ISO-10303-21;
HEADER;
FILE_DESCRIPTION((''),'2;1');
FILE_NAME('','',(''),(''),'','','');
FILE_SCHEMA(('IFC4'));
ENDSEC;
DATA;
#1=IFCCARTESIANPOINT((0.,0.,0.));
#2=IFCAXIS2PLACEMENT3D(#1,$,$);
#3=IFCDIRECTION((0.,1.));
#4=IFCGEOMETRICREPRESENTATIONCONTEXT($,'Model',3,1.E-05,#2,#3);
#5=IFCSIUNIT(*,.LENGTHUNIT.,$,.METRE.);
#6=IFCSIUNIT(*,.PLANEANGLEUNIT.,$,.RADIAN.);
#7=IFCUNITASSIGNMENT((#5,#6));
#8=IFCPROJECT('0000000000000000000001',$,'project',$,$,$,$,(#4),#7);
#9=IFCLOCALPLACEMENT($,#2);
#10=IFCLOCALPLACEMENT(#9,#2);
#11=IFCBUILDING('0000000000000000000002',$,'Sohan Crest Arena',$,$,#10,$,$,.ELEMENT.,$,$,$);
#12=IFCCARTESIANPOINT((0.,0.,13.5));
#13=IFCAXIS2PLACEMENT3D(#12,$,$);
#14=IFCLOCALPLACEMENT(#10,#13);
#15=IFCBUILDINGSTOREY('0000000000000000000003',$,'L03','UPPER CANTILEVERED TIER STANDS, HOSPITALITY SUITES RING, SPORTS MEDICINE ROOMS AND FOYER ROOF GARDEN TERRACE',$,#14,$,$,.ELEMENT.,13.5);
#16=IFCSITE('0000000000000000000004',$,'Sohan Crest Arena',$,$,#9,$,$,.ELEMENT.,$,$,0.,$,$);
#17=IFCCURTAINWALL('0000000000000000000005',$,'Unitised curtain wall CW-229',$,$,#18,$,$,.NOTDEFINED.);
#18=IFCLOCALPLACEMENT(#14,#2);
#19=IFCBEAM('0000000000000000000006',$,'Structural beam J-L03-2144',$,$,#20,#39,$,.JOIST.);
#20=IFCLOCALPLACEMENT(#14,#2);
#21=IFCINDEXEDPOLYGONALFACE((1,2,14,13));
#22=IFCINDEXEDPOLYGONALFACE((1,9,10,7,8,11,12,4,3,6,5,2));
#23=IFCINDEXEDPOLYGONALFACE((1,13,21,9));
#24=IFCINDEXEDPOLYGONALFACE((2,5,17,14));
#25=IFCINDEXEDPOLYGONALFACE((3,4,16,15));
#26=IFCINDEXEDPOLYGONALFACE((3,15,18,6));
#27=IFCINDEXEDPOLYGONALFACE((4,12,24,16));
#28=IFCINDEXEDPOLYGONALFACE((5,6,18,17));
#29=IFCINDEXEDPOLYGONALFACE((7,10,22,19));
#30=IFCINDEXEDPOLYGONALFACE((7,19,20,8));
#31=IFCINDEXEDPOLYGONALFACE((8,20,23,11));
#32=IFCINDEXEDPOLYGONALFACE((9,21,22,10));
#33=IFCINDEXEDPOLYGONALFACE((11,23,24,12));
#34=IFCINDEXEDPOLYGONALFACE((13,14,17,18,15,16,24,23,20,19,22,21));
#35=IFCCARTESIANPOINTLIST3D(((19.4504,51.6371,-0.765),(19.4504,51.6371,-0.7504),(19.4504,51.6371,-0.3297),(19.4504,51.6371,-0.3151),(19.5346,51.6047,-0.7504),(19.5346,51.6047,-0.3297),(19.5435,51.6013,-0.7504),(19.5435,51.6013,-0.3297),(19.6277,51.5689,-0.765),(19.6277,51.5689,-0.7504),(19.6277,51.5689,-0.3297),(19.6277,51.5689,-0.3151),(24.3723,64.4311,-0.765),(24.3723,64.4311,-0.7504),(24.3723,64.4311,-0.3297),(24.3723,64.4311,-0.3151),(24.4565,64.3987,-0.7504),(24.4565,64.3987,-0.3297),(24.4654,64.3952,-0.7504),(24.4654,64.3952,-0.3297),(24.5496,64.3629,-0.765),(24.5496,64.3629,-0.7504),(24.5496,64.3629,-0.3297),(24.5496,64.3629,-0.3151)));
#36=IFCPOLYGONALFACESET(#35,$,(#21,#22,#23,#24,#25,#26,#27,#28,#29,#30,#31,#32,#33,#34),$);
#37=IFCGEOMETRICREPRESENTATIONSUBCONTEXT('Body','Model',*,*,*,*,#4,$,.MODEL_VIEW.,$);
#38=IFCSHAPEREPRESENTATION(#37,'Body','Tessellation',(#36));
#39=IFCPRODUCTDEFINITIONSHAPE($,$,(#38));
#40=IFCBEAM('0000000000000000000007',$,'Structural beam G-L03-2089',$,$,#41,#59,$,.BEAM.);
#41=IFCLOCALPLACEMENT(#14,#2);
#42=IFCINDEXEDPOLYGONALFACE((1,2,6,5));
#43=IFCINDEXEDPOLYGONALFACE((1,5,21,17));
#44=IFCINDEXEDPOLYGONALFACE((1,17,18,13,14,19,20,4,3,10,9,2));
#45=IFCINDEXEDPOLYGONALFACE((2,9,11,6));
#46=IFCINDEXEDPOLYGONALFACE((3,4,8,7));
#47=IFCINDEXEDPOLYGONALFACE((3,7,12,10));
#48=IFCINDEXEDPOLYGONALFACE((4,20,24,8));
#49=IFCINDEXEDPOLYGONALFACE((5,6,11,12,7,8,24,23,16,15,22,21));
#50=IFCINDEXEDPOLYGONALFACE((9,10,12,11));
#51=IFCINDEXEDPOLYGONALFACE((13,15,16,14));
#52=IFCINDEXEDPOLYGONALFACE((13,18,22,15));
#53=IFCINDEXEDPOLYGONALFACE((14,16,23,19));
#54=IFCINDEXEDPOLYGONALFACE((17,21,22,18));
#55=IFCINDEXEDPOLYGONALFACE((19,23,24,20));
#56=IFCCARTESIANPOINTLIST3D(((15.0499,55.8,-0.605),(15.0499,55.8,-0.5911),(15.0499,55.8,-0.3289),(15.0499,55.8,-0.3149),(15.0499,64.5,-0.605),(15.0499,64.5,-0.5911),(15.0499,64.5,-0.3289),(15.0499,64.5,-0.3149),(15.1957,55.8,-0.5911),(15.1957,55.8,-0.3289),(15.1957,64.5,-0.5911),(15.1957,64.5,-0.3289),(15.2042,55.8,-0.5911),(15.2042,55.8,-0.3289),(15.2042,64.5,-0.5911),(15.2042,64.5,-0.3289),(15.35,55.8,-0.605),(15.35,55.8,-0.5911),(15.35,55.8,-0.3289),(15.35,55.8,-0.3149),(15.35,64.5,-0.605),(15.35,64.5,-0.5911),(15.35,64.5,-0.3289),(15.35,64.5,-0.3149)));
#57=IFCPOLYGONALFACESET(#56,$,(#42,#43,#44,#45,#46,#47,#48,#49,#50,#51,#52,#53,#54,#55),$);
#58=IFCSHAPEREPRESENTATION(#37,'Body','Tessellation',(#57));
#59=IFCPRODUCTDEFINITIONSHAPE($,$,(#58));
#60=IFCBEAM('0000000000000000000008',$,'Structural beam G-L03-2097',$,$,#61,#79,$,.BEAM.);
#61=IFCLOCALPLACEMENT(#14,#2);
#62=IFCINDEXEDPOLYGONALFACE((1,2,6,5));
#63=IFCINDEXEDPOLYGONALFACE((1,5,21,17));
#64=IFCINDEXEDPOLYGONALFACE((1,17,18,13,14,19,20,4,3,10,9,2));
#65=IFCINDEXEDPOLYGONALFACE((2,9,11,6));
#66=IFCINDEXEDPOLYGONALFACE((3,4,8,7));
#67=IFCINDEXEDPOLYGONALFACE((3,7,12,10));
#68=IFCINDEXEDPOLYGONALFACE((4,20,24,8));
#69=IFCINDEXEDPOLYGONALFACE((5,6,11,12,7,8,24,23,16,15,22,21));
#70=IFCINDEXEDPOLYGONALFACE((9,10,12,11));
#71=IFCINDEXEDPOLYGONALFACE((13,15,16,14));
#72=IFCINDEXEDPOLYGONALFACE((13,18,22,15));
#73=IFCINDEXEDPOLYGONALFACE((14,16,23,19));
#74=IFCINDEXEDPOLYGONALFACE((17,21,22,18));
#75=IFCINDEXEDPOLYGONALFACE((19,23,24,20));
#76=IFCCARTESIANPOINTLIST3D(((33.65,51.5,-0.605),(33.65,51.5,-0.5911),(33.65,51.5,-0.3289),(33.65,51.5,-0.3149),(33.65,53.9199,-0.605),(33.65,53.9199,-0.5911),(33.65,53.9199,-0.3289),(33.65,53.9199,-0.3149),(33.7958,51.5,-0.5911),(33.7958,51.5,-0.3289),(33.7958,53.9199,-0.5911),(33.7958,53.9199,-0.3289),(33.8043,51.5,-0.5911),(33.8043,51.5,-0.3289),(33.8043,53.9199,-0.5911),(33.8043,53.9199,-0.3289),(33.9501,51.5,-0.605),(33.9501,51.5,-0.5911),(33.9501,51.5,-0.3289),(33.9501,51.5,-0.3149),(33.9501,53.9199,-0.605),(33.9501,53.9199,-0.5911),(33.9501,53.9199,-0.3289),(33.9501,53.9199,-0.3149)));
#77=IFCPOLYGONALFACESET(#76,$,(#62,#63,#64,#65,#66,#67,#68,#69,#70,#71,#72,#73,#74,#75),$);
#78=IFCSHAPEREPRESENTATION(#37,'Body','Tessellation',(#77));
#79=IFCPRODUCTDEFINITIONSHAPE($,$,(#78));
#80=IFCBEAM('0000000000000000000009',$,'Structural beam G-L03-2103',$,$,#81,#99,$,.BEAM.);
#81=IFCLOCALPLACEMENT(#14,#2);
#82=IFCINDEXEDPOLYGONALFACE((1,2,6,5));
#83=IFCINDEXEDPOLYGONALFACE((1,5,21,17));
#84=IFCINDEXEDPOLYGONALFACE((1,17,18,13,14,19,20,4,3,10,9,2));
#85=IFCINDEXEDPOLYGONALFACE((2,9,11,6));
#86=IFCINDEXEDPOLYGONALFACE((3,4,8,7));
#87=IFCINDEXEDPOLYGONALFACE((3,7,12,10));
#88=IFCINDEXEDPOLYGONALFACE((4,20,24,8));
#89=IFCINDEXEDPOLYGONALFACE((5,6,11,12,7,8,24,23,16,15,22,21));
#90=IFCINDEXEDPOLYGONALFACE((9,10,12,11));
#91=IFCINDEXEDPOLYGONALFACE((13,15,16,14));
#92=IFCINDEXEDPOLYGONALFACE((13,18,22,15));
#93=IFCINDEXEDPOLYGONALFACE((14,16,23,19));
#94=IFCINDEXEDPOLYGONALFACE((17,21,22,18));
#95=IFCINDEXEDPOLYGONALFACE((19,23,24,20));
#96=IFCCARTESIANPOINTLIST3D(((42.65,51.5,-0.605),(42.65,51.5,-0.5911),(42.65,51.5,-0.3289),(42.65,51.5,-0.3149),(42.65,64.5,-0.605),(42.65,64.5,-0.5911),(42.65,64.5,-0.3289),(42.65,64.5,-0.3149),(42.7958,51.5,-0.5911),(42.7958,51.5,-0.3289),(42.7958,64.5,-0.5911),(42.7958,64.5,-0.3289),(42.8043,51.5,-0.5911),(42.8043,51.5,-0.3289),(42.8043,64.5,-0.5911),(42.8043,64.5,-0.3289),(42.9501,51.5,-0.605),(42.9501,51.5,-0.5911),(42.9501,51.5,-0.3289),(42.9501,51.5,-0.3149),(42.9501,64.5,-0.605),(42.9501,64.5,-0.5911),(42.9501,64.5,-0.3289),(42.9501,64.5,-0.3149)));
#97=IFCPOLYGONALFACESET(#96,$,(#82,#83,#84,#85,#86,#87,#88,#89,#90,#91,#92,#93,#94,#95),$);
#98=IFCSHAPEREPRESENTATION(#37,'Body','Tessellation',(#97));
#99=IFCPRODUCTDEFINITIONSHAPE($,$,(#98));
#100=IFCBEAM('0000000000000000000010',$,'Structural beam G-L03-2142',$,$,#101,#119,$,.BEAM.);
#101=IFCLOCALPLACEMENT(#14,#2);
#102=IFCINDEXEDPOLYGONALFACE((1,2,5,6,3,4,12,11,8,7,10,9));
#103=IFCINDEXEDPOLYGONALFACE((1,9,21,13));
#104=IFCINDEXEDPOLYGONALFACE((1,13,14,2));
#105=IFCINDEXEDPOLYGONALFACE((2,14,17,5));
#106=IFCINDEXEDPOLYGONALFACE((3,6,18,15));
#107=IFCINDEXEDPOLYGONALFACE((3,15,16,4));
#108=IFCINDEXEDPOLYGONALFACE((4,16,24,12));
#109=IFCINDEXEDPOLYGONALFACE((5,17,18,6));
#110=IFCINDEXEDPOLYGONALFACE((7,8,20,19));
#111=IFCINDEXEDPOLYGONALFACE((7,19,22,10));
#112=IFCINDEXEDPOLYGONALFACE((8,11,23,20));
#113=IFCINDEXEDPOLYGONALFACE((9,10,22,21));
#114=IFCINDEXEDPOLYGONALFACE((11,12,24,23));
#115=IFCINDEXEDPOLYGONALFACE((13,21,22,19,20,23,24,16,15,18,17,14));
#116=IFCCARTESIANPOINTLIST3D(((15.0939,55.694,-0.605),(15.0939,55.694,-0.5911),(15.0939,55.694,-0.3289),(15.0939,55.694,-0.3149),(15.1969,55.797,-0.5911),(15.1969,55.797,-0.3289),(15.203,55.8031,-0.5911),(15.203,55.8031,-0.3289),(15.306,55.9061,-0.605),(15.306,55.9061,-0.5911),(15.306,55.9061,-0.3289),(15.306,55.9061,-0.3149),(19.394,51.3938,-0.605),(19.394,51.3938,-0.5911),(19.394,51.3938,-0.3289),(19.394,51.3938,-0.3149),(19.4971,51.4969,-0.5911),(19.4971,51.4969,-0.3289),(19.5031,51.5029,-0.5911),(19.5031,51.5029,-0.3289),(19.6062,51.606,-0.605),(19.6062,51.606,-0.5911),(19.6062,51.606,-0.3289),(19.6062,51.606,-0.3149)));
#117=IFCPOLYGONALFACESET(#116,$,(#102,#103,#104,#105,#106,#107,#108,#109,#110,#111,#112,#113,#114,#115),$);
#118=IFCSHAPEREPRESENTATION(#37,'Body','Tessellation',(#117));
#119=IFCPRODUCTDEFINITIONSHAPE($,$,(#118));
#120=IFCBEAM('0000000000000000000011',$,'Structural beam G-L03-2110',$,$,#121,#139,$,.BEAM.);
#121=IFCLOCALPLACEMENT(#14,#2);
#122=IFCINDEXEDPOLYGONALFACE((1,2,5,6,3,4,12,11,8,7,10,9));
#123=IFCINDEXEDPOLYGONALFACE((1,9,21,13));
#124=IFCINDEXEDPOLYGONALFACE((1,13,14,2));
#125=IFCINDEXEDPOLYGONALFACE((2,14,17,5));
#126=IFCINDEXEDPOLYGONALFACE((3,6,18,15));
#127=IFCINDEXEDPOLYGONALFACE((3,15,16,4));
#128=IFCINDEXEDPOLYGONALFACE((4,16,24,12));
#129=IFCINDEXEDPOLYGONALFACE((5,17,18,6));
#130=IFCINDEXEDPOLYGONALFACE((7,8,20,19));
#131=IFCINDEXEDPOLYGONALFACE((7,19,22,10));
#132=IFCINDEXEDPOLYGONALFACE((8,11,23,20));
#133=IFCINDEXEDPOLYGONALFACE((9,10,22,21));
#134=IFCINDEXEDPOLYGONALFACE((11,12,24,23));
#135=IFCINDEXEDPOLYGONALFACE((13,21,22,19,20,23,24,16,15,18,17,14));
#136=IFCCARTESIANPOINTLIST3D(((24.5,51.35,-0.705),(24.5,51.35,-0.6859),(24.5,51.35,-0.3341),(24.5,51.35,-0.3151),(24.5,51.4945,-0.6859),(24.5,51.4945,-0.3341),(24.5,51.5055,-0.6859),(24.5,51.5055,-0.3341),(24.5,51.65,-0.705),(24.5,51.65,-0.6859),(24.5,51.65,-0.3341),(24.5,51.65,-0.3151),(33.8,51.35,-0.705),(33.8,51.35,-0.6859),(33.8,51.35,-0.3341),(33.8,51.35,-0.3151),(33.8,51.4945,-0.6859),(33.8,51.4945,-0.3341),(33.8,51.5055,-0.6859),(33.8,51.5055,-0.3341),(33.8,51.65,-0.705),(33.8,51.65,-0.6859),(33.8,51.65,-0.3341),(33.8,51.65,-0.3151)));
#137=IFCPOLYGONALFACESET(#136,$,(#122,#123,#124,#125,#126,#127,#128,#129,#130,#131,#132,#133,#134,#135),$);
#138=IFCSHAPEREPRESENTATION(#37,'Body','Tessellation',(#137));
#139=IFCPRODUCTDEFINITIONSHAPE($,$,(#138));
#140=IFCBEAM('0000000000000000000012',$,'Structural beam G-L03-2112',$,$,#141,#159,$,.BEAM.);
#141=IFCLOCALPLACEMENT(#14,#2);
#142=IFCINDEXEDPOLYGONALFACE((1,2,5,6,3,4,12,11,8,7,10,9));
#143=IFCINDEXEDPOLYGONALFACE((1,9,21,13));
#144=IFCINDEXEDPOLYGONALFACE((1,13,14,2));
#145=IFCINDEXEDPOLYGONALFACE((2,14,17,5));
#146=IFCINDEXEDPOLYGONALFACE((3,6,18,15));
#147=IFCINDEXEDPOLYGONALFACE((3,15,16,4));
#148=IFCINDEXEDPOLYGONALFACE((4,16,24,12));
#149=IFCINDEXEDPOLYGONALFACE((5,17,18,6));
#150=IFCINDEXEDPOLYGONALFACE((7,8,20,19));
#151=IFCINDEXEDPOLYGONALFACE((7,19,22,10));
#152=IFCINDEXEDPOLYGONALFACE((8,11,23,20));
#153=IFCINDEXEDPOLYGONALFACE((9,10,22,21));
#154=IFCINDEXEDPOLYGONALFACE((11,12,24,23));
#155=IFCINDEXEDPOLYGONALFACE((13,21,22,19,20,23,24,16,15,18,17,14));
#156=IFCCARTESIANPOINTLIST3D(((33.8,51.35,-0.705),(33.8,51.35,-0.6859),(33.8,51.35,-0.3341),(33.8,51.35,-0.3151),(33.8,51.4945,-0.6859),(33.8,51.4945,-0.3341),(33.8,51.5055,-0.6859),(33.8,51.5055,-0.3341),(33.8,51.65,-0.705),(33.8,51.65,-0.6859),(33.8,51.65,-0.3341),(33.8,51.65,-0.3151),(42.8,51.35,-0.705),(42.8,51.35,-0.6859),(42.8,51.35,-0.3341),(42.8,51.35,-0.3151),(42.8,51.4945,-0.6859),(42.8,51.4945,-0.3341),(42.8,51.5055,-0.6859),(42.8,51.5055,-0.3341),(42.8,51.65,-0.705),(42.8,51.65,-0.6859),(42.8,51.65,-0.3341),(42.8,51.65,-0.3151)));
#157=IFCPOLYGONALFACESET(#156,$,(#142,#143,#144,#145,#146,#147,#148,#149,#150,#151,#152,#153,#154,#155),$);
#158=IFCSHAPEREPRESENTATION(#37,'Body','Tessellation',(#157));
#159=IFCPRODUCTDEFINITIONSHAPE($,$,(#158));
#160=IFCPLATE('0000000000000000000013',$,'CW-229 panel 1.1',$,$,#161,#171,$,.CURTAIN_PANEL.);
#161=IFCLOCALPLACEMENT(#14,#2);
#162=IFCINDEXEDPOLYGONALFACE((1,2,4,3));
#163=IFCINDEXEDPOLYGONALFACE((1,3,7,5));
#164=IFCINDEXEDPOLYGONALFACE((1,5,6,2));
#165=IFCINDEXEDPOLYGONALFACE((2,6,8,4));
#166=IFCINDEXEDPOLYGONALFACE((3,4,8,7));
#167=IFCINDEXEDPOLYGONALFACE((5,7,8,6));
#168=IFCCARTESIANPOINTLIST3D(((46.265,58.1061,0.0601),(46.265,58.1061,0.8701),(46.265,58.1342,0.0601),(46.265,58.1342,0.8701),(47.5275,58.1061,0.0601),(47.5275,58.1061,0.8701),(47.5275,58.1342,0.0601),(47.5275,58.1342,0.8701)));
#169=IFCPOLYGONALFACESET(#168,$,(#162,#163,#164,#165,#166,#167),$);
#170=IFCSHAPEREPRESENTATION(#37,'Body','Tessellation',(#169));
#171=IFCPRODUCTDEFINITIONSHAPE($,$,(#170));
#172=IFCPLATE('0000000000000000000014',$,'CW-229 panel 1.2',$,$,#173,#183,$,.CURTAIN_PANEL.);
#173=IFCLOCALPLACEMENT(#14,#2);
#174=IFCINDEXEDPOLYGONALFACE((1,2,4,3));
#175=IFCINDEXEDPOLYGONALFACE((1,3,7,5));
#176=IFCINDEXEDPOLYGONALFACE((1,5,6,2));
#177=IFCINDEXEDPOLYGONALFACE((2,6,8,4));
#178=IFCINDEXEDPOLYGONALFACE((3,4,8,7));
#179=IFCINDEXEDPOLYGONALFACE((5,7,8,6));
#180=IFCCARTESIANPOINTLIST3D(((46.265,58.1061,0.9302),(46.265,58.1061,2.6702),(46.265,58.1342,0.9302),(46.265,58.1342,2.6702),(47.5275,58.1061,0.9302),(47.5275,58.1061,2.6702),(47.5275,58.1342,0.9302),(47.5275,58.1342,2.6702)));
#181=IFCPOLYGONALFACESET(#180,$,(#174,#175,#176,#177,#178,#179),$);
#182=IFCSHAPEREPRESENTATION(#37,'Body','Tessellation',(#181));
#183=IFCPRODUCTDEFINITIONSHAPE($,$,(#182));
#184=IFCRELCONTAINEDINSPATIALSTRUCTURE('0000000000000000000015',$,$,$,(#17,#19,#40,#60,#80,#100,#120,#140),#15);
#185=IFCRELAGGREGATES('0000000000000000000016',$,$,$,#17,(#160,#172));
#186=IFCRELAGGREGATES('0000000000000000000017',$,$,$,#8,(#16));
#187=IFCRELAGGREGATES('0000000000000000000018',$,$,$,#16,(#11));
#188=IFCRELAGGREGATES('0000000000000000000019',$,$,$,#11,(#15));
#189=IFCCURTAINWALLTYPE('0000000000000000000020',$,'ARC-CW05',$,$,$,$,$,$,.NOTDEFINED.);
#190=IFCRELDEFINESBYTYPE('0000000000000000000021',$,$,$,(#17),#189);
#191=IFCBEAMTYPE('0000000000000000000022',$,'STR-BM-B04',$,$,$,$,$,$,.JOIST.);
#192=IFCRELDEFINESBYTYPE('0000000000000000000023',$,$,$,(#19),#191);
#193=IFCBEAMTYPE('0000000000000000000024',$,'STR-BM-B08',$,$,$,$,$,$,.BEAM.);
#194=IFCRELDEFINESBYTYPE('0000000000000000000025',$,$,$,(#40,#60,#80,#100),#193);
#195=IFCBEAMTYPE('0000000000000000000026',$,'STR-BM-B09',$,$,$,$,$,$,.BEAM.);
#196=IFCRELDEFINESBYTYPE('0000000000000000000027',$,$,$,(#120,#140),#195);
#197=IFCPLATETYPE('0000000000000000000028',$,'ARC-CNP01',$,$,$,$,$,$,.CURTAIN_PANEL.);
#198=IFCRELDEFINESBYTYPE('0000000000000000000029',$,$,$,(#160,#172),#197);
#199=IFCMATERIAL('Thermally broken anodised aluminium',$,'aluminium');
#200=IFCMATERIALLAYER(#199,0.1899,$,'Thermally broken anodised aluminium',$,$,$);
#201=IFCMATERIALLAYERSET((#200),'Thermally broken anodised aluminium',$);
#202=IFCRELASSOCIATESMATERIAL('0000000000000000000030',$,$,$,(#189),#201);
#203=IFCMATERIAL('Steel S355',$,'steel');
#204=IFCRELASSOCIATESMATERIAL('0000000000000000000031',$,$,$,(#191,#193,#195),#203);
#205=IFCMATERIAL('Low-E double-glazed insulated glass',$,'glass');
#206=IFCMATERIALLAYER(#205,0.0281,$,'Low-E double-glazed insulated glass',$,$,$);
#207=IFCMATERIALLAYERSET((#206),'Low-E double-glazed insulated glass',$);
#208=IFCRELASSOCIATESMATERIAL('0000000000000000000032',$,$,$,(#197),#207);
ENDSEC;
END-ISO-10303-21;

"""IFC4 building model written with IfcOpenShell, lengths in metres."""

from ifc_helpers import new_model, si_unit, direction, frame, origin, origin_2d, place, context, subcontext, project, spatial, rectangle, i_section, extrude, material, layer, layer_set, material_profile, profile_set, type_object, element, aggregate, save


model = new_model("IFC4")

# Units and contexts
model_context = context("Model", 3, precision=1e-05, world=origin(), true_north=direction((0.0, 1.0)))
body_context = subcontext(model_context, "Body", "Model", "MODEL_VIEW")
ifc_project = project(units=[si_unit("LENGTHUNIT", "METRE"), si_unit("PLANEANGLEUNIT", "RADIAN")], contexts=[model_context])

# Site, building, storey
site_placement = place(None, origin())
site = spatial("IfcSite", under=ifc_project, at=site_placement, Name="Sohan Crest Arena", CompositionType="ELEMENT", RefElevation=0.0)
building_placement = place(site_placement, origin())
building = spatial("IfcBuilding", under=site, at=building_placement, Name="Sohan Crest Arena", CompositionType="ELEMENT")
storey_placement = place(building_placement, frame((0.0, 0.0, 13.5)))
storey = spatial("IfcBuildingStorey", under=building, at=storey_placement, Name="L03", Description="UPPER CANTILEVERED TIER STANDS, HOSPITALITY SUITES RING, SPORTS MEDICINE ROOMS AND FOYER ROOF GARDEN TERRACE", CompositionType="ELEMENT", Elevation=13.5)

# Curtain wall
ifc_material_1 = material(Name="Thermally broken anodised aluminium", Category="aluminium")
ifc_layer_1 = layer(ifc_material_1, 0.1899, Name="Thermally broken anodised aluminium")
ifc_layer_set_1 = layer_set([ifc_layer_1], Name="Thermally broken anodised aluminium")
curtain_wall_type = type_object("IfcCurtainWallType", Name="ARC-CW05", PredefinedType="NOTDEFINED", material=ifc_layer_set_1)
curtain_wall_placement = place(storey_placement, origin())
curtain_wall = element("IfcCurtainWall", 1, at=curtain_wall_placement, inside=storey, type_object=curtain_wall_type, Name="Unitised curtain wall CW-229", PredefinedType="NOTDEFINED")

# Beams
ifc_material_2 = material(Name="Steel S355", Category="steel")
ifc_material_profile_1 = material_profile(ifc_material_2, i_section(OverallWidth=0.1899, OverallDepth=0.45, WebThickness=0.0095, FlangeThickness=0.0146, at=origin_2d()), Name="IPE 450")
ifc_profile_set_1 = profile_set([ifc_material_profile_1], Name="Steel S355")
beam_type_1 = type_object("IfcBeamType", Name="STR-BM-B04", PredefinedType="JOIST", material=ifc_profile_set_1)
beam_1_placement = place(storey_placement, frame((19.5391, 51.603, -0.54), z_axis=(0.359051, 0.933318, 0.0), x_axis=(-0.933318, 0.359051, 0.0)))
element("IfcBeam", 2, at=beam_1_placement, inside=storey, type_object=beam_type_1, Name="Structural beam J-L03-2144", PredefinedType="JOIST", context=body_context, shape_type="SweptSolid", body=[
    extrude(i_section(OverallWidth=0.1899, OverallDepth=0.45, WebThickness=0.0095, FlangeThickness=0.0146, at=origin_2d()), origin(), (0.0, 0.0, 1.0), 13.708),
])
ifc_material_profile_2 = material_profile(ifc_material_2, i_section(OverallWidth=0.3, OverallDepth=0.29, WebThickness=0.0085, FlangeThickness=0.0139, at=origin_2d()), Name="HEA 300")
ifc_profile_set_2 = profile_set([ifc_material_profile_2], Name="Steel S355")
beam_type_2 = type_object("IfcBeamType", Name="STR-BM-B08", PredefinedType="BEAM", material=ifc_profile_set_2)
beam_2_placement = place(storey_placement, frame((15.2, 55.8, -0.46), z_axis=(0.0, 1.0, 0.0), x_axis=(-1.0, 0.0, 0.0)))
element("IfcBeam", 3, at=beam_2_placement, inside=storey, type_object=beam_type_2, Name="Structural beam G-L03-2089", PredefinedType="BEAM", context=body_context, shape_type="SweptSolid", body=[
    extrude(i_section(OverallWidth=0.3, OverallDepth=0.29, WebThickness=0.0085, FlangeThickness=0.0139, at=origin_2d()), origin(), (0.0, 0.0, 1.0), 8.7),
])
beam_3_placement = place(storey_placement, frame((33.8, 51.5, -0.46), z_axis=(0.0, 1.0, 0.0), x_axis=(-1.0, 0.0, 0.0)))
element("IfcBeam", 4, at=beam_3_placement, inside=storey, type_object=beam_type_2, Name="Structural beam G-L03-2097", PredefinedType="BEAM", context=body_context, shape_type="SweptSolid", body=[
    extrude(i_section(OverallWidth=0.3, OverallDepth=0.29, WebThickness=0.0085, FlangeThickness=0.0139, at=origin_2d()), origin(), (0.0, 0.0, 1.0), 2.4199),
])
beam_4_placement = place(storey_placement, frame((42.8, 51.5, -0.46), z_axis=(0.0, 1.0, 0.0), x_axis=(-1.0, 0.0, 0.0)))
element("IfcBeam", 5, at=beam_4_placement, inside=storey, type_object=beam_type_2, Name="Structural beam G-L03-2103", PredefinedType="BEAM", context=body_context, shape_type="SweptSolid", body=[
    extrude(i_section(OverallWidth=0.3, OverallDepth=0.29, WebThickness=0.0085, FlangeThickness=0.0139, at=origin_2d()), origin(), (0.0, 0.0, 1.0), 13.0),
])
beam_5_placement = place(storey_placement, frame((15.2, 55.8, -0.46), z_axis=(0.707107, -0.707107, 0.0), x_axis=(0.707107, 0.707107, 0.0)))
element("IfcBeam", 6, at=beam_5_placement, inside=storey, type_object=beam_type_2, Name="Structural beam G-L03-2142", PredefinedType="BEAM", context=body_context, shape_type="SweptSolid", body=[
    extrude(i_section(OverallWidth=0.3, OverallDepth=0.29, WebThickness=0.0085, FlangeThickness=0.0139, at=origin_2d()), origin(), (0.0, 0.0, 1.0), 6.0813),
])
ifc_material_profile_3 = material_profile(ifc_material_2, i_section(OverallWidth=0.3, OverallDepth=0.3899, WebThickness=0.011, FlangeThickness=0.019, at=origin_2d()), Name="HEA 400")
ifc_profile_set_3 = profile_set([ifc_material_profile_3], Name="Steel S355")
beam_type_3 = type_object("IfcBeamType", Name="STR-BM-B09", PredefinedType="BEAM", material=ifc_profile_set_3)
beam_6_placement = place(storey_placement, frame((24.5, 51.5, -0.51), z_axis=(1.0, 0.0, 0.0), x_axis=(0.0, 1.0, 0.0)))
element("IfcBeam", 7, at=beam_6_placement, inside=storey, type_object=beam_type_3, Name="Structural beam G-L03-2110", PredefinedType="BEAM", context=body_context, shape_type="SweptSolid", body=[
    extrude(i_section(OverallWidth=0.3, OverallDepth=0.3899, WebThickness=0.011, FlangeThickness=0.019, at=origin_2d()), origin(), (0.0, 0.0, 1.0), 9.3),
])
beam_7_placement = place(storey_placement, frame((33.8, 51.5, -0.51), z_axis=(1.0, 0.0, 0.0), x_axis=(0.0, 1.0, 0.0)))
element("IfcBeam", 8, at=beam_7_placement, inside=storey, type_object=beam_type_3, Name="Structural beam G-L03-2112", PredefinedType="BEAM", context=body_context, shape_type="SweptSolid", body=[
    extrude(i_section(OverallWidth=0.3, OverallDepth=0.3899, WebThickness=0.011, FlangeThickness=0.019, at=origin_2d()), origin(), (0.0, 0.0, 1.0), 9.0),
])

# Plates
ifc_material_3 = material(Name="Low-E double-glazed insulated glass", Category="glass")
ifc_layer_2 = layer(ifc_material_3, 0.0281, Name="Low-E double-glazed insulated glass")
ifc_layer_set_2 = layer_set([ifc_layer_2], Name="Low-E double-glazed insulated glass")
plate_type = type_object("IfcPlateType", Name="ARC-CNP01", PredefinedType="CURTAIN_PANEL", material=ifc_layer_set_2)
plate_1_placement = place(storey_placement, frame((46.8962, 58.1201, 0.0601), z_axis=(0.0, 0.0, 1.0), x_axis=(1.0, 0.0, 0.0)))
plate_1 = element("IfcPlate", 9, at=plate_1_placement, type_object=plate_type, Name="CW-229 panel 1.1", PredefinedType="CURTAIN_PANEL", context=body_context, shape_type="SweptSolid", body=[
    extrude(rectangle(XDim=1.2625, YDim=0.0281, at=origin_2d()), origin(), (0.0, 0.0, 1.0), 0.8101),
])
plate_2_placement = place(storey_placement, frame((46.8962, 58.1201, 0.9302), z_axis=(0.0, 0.0, 1.0), x_axis=(1.0, 0.0, 0.0)))
plate_2 = element("IfcPlate", 10, at=plate_2_placement, type_object=plate_type, Name="CW-229 panel 1.2", PredefinedType="CURTAIN_PANEL", context=body_context, shape_type="SweptSolid", body=[
    extrude(rectangle(XDim=1.2625, YDim=0.0281, at=origin_2d()), origin(), (0.0, 0.0, 1.0), 1.74),
])
aggregate(curtain_wall, [plate_1, plate_2])

save(model, "model.ifc")
